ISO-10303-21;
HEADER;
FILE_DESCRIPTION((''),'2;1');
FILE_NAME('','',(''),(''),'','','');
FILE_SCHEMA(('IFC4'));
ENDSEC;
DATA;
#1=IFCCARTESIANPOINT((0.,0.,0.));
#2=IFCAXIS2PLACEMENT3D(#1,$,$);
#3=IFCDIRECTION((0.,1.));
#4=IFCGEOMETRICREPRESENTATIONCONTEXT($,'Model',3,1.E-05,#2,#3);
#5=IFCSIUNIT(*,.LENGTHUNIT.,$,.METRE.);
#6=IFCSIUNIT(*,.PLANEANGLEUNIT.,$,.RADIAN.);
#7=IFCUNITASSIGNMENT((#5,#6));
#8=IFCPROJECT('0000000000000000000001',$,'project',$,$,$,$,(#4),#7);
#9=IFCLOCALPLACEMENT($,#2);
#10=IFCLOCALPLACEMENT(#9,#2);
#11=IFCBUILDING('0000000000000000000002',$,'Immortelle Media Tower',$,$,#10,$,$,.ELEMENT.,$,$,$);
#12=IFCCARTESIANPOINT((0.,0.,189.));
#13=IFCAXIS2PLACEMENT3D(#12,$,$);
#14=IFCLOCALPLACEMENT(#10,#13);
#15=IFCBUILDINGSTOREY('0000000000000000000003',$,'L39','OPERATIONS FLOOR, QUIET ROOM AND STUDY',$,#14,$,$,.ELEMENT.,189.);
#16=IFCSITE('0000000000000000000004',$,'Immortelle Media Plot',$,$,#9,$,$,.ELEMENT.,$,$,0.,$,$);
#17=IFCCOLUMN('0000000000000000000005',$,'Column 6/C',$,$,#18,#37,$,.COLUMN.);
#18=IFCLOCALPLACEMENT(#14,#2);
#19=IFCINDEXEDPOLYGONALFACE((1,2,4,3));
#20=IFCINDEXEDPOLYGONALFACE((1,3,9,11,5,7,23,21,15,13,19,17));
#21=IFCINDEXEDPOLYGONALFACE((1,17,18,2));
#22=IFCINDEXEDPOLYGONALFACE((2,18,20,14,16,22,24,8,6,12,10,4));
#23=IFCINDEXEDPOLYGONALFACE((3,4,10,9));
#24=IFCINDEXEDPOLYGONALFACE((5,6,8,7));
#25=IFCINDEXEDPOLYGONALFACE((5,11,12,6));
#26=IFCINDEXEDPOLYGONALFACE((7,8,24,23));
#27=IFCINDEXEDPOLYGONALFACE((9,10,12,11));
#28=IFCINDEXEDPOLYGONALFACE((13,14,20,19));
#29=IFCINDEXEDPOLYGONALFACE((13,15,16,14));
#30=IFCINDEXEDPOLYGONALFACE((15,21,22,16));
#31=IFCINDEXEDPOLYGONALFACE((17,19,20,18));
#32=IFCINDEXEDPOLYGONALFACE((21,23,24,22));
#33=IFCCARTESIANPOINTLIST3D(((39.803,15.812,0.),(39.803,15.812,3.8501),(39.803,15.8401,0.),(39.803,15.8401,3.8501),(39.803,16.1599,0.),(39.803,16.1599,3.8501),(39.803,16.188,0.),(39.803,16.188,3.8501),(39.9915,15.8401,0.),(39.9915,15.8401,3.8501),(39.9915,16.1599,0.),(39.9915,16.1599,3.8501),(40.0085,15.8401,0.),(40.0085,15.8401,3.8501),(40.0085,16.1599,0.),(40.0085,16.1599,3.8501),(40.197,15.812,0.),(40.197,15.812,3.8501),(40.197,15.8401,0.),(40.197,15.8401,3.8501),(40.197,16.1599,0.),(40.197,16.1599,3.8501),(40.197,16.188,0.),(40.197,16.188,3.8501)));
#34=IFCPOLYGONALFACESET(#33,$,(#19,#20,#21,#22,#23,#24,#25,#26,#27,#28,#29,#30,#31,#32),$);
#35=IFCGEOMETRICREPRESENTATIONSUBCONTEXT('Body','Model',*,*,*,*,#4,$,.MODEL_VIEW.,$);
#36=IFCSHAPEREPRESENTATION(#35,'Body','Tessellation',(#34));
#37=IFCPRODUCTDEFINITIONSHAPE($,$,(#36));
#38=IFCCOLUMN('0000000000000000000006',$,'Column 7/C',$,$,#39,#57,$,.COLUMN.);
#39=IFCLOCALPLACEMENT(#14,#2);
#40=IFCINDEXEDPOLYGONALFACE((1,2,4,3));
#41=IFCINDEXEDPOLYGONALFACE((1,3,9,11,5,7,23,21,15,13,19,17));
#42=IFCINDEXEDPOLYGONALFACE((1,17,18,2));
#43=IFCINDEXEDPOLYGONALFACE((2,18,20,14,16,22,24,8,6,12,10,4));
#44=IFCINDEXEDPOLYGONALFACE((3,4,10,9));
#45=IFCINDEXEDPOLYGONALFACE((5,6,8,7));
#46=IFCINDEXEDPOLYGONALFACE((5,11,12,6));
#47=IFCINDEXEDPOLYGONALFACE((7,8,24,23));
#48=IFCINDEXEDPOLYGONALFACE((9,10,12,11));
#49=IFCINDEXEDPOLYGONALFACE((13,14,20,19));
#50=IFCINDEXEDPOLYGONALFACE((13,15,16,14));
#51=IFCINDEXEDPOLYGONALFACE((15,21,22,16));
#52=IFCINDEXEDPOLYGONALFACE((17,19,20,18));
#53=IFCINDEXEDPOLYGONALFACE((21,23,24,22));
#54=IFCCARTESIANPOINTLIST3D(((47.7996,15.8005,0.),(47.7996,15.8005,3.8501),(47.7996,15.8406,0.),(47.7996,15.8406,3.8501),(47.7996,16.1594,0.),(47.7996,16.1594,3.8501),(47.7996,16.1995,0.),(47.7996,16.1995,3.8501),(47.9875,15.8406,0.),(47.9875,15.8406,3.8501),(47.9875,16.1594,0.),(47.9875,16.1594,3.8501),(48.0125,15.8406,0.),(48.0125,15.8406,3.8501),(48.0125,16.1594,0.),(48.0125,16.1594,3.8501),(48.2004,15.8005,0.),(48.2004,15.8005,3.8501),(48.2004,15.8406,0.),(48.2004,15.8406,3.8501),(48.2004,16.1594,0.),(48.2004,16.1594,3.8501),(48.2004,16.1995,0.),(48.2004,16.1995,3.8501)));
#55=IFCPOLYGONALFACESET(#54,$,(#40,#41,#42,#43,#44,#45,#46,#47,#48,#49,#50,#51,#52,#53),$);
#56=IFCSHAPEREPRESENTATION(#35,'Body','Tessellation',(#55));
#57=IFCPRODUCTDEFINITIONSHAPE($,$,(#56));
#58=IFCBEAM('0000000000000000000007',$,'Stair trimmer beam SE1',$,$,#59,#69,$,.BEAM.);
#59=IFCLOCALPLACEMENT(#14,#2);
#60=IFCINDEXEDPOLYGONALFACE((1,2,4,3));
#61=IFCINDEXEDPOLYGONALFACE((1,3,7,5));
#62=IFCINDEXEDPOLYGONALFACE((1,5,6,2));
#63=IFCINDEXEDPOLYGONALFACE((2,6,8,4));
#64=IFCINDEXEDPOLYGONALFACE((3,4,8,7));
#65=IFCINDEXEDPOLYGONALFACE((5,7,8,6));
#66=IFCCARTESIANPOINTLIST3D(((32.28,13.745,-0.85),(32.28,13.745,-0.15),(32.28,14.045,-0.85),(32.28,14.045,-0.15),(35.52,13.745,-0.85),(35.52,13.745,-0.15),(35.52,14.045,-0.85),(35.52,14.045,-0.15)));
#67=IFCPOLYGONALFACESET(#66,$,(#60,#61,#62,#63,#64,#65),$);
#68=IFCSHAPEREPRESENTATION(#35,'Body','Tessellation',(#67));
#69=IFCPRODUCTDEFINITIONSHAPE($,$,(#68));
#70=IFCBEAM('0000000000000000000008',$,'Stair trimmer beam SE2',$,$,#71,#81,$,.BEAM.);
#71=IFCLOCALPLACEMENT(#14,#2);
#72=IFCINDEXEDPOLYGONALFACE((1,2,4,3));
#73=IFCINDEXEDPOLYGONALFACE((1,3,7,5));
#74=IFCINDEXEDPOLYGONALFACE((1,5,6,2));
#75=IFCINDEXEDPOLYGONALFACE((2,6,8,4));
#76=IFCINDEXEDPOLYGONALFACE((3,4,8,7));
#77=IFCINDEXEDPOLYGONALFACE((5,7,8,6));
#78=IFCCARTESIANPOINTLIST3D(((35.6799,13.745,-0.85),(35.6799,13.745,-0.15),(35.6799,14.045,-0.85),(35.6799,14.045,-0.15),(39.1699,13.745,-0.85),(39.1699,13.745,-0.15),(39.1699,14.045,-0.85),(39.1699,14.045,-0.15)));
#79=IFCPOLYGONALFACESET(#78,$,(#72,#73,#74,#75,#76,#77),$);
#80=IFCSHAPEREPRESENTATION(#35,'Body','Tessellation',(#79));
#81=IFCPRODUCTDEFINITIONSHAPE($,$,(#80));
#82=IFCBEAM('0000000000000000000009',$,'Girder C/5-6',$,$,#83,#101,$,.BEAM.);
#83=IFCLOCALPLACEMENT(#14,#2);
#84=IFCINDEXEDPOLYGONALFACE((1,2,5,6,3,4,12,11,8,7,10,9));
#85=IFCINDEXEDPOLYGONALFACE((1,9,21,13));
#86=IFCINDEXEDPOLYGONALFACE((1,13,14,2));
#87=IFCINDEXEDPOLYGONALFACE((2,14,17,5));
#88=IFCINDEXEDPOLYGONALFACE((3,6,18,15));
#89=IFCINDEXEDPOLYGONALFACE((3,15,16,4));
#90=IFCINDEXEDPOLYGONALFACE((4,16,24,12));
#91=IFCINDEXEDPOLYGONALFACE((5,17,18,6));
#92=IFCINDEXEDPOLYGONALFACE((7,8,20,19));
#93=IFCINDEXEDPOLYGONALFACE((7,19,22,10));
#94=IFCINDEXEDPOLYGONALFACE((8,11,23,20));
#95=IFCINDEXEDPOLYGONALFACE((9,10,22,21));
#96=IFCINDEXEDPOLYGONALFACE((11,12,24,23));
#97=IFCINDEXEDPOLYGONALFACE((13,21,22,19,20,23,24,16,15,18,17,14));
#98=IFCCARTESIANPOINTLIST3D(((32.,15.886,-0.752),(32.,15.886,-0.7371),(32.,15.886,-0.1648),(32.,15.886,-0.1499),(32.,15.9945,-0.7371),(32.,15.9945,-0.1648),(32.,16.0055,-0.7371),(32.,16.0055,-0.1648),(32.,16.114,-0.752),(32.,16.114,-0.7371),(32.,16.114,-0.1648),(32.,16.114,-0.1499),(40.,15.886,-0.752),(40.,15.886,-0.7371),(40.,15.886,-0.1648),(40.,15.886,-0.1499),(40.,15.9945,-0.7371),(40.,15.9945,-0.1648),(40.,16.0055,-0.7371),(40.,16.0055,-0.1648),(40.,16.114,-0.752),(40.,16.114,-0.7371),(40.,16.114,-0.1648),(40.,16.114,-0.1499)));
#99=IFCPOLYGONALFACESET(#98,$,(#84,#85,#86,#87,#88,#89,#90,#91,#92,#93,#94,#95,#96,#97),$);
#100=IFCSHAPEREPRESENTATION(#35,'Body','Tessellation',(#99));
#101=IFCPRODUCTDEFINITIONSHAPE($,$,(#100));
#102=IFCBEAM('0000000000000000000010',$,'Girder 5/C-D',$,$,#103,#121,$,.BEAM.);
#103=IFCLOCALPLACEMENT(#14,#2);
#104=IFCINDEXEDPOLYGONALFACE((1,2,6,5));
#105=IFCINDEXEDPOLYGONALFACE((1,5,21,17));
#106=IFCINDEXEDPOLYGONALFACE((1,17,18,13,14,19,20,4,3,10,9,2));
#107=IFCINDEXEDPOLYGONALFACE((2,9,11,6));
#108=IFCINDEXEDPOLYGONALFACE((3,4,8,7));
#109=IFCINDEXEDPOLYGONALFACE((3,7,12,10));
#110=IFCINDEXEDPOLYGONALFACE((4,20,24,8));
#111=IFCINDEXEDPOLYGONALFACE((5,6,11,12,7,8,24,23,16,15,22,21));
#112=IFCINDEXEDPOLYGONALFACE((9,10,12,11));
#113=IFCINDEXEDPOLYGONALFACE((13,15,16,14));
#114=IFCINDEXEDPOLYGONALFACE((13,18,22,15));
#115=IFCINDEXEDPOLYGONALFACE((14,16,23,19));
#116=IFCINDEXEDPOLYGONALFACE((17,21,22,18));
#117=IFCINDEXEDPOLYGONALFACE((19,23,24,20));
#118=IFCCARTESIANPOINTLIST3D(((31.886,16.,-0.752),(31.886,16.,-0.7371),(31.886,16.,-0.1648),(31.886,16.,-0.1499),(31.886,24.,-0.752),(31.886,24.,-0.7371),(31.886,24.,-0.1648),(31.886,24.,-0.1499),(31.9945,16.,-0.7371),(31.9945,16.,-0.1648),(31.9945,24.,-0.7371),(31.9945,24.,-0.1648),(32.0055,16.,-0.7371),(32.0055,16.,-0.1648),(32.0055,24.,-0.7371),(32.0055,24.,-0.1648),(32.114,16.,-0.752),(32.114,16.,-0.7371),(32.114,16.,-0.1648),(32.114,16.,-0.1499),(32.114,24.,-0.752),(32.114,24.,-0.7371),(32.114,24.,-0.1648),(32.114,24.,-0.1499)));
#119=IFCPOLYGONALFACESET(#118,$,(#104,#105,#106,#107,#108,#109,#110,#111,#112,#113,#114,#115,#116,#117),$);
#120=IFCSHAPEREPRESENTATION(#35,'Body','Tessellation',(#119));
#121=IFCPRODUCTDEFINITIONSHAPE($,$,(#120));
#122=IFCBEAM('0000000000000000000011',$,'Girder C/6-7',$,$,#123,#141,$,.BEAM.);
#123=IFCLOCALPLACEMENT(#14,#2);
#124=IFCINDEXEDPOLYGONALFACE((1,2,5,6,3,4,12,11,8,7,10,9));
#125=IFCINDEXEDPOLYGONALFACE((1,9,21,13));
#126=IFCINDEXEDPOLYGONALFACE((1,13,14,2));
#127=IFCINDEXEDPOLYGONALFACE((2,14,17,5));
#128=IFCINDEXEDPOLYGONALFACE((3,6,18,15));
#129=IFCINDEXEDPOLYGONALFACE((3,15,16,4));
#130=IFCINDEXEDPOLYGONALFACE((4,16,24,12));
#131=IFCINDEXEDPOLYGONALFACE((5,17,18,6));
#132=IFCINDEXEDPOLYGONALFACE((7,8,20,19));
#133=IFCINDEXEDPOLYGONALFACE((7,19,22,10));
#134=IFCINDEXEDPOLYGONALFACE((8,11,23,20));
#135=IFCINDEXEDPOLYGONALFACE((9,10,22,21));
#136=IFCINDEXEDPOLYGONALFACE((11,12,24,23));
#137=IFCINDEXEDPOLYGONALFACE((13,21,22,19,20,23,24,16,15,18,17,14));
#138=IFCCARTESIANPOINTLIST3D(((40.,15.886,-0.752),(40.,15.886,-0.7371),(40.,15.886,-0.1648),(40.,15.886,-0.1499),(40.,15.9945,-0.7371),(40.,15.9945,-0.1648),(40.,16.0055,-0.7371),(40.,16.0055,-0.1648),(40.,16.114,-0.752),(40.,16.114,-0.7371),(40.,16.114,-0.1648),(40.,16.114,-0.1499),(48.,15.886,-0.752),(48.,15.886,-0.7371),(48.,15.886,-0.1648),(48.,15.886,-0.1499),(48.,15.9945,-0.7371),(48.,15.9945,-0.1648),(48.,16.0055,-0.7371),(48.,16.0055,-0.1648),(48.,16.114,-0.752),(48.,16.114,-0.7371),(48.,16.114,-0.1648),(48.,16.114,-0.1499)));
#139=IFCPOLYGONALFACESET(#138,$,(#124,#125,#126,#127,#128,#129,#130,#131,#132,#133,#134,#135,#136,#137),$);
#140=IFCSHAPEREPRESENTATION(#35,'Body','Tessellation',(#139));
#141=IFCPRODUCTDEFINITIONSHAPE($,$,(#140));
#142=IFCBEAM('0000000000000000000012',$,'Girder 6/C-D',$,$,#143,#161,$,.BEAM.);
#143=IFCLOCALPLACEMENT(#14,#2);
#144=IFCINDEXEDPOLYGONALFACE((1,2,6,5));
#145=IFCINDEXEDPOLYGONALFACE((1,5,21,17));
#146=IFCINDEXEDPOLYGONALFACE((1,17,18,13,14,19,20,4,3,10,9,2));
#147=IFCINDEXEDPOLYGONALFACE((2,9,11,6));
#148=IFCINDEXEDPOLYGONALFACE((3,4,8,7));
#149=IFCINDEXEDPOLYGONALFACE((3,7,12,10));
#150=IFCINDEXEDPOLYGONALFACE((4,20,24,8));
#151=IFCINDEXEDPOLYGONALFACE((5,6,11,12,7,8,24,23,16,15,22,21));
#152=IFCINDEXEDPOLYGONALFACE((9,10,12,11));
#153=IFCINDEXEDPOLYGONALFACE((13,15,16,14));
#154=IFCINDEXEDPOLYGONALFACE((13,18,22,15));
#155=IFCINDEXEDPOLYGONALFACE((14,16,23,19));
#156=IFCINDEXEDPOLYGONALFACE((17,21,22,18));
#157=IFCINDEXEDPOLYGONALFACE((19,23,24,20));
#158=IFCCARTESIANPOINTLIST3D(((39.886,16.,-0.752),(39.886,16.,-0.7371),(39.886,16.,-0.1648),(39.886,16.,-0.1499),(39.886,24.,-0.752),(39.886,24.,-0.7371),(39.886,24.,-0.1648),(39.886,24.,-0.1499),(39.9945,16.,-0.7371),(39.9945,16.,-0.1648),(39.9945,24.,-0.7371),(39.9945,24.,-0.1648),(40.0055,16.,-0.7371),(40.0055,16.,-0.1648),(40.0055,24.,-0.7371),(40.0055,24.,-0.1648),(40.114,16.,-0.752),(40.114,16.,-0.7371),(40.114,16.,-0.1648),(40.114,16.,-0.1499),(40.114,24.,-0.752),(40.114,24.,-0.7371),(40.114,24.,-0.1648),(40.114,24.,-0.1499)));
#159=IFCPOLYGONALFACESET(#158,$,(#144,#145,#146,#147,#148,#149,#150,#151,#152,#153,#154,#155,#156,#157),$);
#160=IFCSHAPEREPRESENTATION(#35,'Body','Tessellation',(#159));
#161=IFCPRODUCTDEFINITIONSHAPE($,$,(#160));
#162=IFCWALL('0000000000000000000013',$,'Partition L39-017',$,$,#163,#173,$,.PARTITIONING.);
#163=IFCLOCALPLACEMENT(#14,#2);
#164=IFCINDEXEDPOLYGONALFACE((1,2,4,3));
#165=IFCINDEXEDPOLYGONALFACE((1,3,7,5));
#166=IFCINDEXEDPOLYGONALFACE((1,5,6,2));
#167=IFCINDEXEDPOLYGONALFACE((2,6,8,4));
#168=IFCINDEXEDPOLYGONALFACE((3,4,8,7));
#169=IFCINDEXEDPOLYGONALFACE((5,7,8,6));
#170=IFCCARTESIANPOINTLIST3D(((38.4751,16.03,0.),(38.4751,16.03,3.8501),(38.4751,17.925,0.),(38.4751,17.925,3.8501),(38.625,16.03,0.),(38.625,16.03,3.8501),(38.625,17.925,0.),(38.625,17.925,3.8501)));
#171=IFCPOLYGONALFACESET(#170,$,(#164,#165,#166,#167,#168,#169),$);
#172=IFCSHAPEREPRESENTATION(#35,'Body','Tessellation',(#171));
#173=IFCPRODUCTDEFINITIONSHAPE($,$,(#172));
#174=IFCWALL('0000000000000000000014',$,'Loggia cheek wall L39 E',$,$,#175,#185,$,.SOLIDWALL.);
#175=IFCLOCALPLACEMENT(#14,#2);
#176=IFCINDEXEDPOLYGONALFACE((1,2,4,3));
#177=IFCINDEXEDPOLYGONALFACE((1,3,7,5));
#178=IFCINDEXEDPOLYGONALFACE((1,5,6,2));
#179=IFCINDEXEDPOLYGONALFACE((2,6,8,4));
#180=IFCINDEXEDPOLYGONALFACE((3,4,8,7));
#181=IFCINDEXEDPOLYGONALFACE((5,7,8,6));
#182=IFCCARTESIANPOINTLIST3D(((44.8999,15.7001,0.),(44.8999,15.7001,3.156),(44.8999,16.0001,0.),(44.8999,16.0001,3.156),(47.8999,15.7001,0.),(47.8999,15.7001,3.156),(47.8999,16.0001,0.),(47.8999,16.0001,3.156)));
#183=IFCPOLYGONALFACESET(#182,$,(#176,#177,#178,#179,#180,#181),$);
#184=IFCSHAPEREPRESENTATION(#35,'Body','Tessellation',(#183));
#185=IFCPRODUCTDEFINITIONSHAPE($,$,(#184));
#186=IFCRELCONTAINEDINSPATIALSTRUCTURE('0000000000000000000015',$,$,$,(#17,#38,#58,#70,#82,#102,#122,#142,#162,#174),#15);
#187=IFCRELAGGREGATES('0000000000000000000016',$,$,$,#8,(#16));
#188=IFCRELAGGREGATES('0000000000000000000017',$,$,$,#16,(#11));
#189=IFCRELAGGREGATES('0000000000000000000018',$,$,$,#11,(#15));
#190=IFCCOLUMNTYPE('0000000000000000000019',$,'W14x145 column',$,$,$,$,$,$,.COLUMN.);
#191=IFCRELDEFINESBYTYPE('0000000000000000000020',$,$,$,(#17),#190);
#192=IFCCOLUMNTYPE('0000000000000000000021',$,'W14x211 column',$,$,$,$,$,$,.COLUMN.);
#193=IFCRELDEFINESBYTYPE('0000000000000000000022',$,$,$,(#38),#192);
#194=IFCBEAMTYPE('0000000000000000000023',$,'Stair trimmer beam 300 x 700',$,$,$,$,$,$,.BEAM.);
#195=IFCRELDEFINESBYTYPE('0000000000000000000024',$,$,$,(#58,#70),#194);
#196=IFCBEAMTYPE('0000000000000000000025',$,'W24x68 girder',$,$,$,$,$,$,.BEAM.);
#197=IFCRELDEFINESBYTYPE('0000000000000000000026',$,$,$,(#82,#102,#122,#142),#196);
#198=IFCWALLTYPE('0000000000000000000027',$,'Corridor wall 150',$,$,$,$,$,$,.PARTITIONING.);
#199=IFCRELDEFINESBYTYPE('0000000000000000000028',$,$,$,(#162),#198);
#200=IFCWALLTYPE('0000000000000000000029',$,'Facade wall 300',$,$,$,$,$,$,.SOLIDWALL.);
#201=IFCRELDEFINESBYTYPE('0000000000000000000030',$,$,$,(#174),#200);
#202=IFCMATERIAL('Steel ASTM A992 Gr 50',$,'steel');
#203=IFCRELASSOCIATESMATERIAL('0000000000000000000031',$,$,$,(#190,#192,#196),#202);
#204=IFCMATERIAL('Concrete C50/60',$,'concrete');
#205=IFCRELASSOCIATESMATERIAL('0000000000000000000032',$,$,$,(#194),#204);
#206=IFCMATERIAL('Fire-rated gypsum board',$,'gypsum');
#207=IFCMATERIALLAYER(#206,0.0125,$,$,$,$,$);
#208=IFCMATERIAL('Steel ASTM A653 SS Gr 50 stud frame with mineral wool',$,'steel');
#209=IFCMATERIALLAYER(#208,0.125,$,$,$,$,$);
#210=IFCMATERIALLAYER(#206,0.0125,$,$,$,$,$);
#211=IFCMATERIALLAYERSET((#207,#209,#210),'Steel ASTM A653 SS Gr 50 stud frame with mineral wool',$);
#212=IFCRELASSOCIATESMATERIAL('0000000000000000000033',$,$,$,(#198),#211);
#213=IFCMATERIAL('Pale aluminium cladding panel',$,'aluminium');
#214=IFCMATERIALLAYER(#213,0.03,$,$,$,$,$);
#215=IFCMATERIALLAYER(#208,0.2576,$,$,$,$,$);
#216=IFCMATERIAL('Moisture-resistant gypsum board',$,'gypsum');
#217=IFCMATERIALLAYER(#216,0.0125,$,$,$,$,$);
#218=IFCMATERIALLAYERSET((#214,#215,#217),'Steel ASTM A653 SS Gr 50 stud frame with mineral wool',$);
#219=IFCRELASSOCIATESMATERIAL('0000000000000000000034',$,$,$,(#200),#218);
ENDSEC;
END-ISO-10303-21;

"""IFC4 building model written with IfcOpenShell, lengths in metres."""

from ifc_helpers import new_model, si_unit, direction, frame, frame_2d, origin, origin_2d, place, context, subcontext, project, spatial, rectangle, i_section, extrude, material, layer, layer_set, material_profile, profile_set, type_object, element, save


model = new_model("IFC4")

# Units and contexts
model_context = context("Model", 3, precision=1e-05, world=origin(), true_north=direction((0.0, 1.0)))
body_context = subcontext(model_context, "Body", "Model", "MODEL_VIEW")
ifc_project = project(units=[si_unit("LENGTHUNIT", "METRE"), si_unit("PLANEANGLEUNIT", "RADIAN")], contexts=[model_context])

# Site, building, storey
site_placement = place(None, origin())
site = spatial("IfcSite", under=ifc_project, at=site_placement, Name="Immortelle Media Plot", CompositionType="ELEMENT", RefElevation=0.0)
building_placement = place(site_placement, origin())
building = spatial("IfcBuilding", under=site, at=building_placement, Name="Immortelle Media Tower", CompositionType="ELEMENT")
storey_placement = place(building_placement, frame((0.0, 0.0, 189.0)))
storey = spatial("IfcBuildingStorey", under=building, at=storey_placement, Name="L39", Description="OPERATIONS FLOOR, QUIET ROOM AND STUDY", CompositionType="ELEMENT", Elevation=189.0)

# Columns
ifc_material_1 = material(Name="Steel ASTM A992 Gr 50", Category="steel")
ifc_material_profile_1 = material_profile(ifc_material_1, i_section(OverallWidth=0.394, OverallDepth=0.376, WebThickness=0.0171, FlangeThickness=0.0281, at=origin_2d()), Name="W14x145")
ifc_profile_set_1 = profile_set([ifc_material_profile_1], Name="Steel ASTM A992 Gr 50")
column_type_1 = type_object("IfcColumnType", Name="W14x145 column", PredefinedType="COLUMN", material=ifc_profile_set_1)
column_1_placement = place(storey_placement, frame((40.0, 16.0, 0.0), z_axis=(0.0, 0.0, 1.0), x_axis=(1.0, 0.0, 0.0)))
element("IfcColumn", 1, at=column_1_placement, inside=storey, type_object=column_type_1, Name="Column 6/C", PredefinedType="COLUMN", context=body_context, shape_type="SweptSolid", body=[
    extrude(i_section(OverallWidth=0.394, OverallDepth=0.376, WebThickness=0.0171, FlangeThickness=0.0281, at=origin_2d()), origin(), (0.0, 0.0, 1.0), 3.8501),
])
ifc_material_profile_2 = material_profile(ifc_material_1, i_section(OverallWidth=0.4009, OverallDepth=0.3989, WebThickness=0.0249, FlangeThickness=0.04, at=origin_2d()), Name="W14x211")
ifc_profile_set_2 = profile_set([ifc_material_profile_2], Name="Steel ASTM A992 Gr 50")
column_type_2 = type_object("IfcColumnType", Name="W14x211 column", PredefinedType="COLUMN", material=ifc_profile_set_2)
column_2_placement = place(storey_placement, frame((48.0, 16.0, 0.0), z_axis=(0.0, 0.0, 1.0), x_axis=(1.0, 0.0, 0.0)))
element("IfcColumn", 2, at=column_2_placement, inside=storey, type_object=column_type_2, Name="Column 7/C", PredefinedType="COLUMN", context=body_context, shape_type="SweptSolid", body=[
    extrude(i_section(OverallWidth=0.4009, OverallDepth=0.3989, WebThickness=0.0249, FlangeThickness=0.04, at=origin_2d()), origin(), (0.0, 0.0, 1.0), 3.8501),
])

# Beams
ifc_material_2 = material(Name="Concrete C50/60", Category="concrete")
ifc_material_profile_3 = material_profile(ifc_material_2, rectangle(XDim=0.3, YDim=0.7, at=origin_2d()), Name="RC 300x700")
ifc_profile_set_3 = profile_set([ifc_material_profile_3], Name="Concrete C50/60")
beam_type_1 = type_object("IfcBeamType", Name="Stair trimmer beam 300 x 700", PredefinedType="BEAM", material=ifc_profile_set_3)
beam_1_placement = place(storey_placement, frame((32.28, 13.895, -0.5), z_axis=(1.0, 0.0, 0.0), x_axis=(0.0, 1.0, 0.0)))
element("IfcBeam", 3, at=beam_1_placement, inside=storey, type_object=beam_type_1, Name="Stair trimmer beam SE1", PredefinedType="BEAM", context=body_context, shape_type="SweptSolid", body=[
    extrude(rectangle(XDim=0.3, YDim=0.7, at=origin_2d()), origin(), (0.0, 0.0, 1.0), 3.24),
])
beam_2_placement = place(storey_placement, frame((35.6799, 13.895, -0.5), z_axis=(1.0, 0.0, 0.0), x_axis=(0.0, 1.0, 0.0)))
element("IfcBeam", 4, at=beam_2_placement, inside=storey, type_object=beam_type_1, Name="Stair trimmer beam SE2", PredefinedType="BEAM", context=body_context, shape_type="SweptSolid", body=[
    extrude(rectangle(XDim=0.3, YDim=0.7, at=origin_2d()), origin(), (0.0, 0.0, 1.0), 3.49),
])
ifc_material_profile_4 = material_profile(ifc_material_1, i_section(OverallWidth=0.228, OverallDepth=0.6021, WebThickness=0.011, FlangeThickness=0.0149, at=origin_2d()), Name="W24x68")
ifc_profile_set_4 = profile_set([ifc_material_profile_4], Name="Steel ASTM A992 Gr 50")
beam_type_2 = type_object("IfcBeamType", Name="W24x68 girder", PredefinedType="BEAM", material=ifc_profile_set_4)
for number, where, z_axis, x_axis, name in (
    (5, (32.0, 16.0, -0.4509), (1.0, 0.0, 0.0), (0.0, 1.0, 0.0), "Girder C/5-6"),
    (6, (32.0, 16.0, -0.4509), (0.0, 1.0, 0.0), (-1.0, 0.0, 0.0), "Girder 5/C-D"),
    (7, (40.0, 16.0, -0.4509), (1.0, 0.0, 0.0), (0.0, 1.0, 0.0), "Girder C/6-7"),
    (8, (40.0, 16.0, -0.4509), (0.0, 1.0, 0.0), (-1.0, 0.0, 0.0), "Girder 6/C-D"),
):
    element("IfcBeam", number, at=place(storey_placement, frame(where, z_axis=z_axis, x_axis=x_axis)), inside=storey, type_object=beam_type_2, Name=name, PredefinedType="BEAM", context=body_context, shape_type="SweptSolid", body=[
        extrude(i_section(OverallWidth=0.228, OverallDepth=0.6021, WebThickness=0.011, FlangeThickness=0.0149, at=origin_2d()), origin(), (0.0, 0.0, 1.0), 8.0),
    ])

# Walls
ifc_material_3 = material(Name="Fire-rated gypsum board", Category="gypsum")
ifc_layer_1 = layer(ifc_material_3, 0.0125)
ifc_material_4 = material(Name="Steel ASTM A653 SS Gr 50 stud frame with mineral wool", Category="steel")
ifc_layer_2 = layer(ifc_material_4, 0.125)
ifc_layer_3 = layer(ifc_material_3, 0.0125)
ifc_layer_set_1 = layer_set([ifc_layer_1, ifc_layer_2, ifc_layer_3], Name="Steel ASTM A653 SS Gr 50 stud frame with mineral wool")
wall_type_1 = type_object("IfcWallType", Name="Corridor wall 150", PredefinedType="PARTITIONING", material=ifc_layer_set_1)
wall_1_placement = place(storey_placement, frame((38.55, 16.03, 0.0), z_axis=(0.0, 0.0, 1.0), x_axis=(0.0, 1.0, 0.0)))
element("IfcWall", 9, at=wall_1_placement, inside=storey, type_object=wall_type_1, Name="Partition L39-017", PredefinedType="PARTITIONING", context=body_context, shape_type="SweptSolid", body=[
    extrude(rectangle(XDim=1.895, YDim=0.1499, at=frame_2d((0.9475, 0.0))), origin(), (0.0, 0.0, 1.0), 3.8501),
])
ifc_material_5 = material(Name="Pale aluminium cladding panel", Category="aluminium")
ifc_layer_4 = layer(ifc_material_5, 0.03)
ifc_layer_5 = layer(ifc_material_4, 0.2576)
ifc_material_6 = material(Name="Moisture-resistant gypsum board", Category="gypsum")
ifc_layer_6 = layer(ifc_material_6, 0.0125)
ifc_layer_set_2 = layer_set([ifc_layer_4, ifc_layer_5, ifc_layer_6], Name="Steel ASTM A653 SS Gr 50 stud frame with mineral wool")
wall_type_2 = type_object("IfcWallType", Name="Facade wall 300", PredefinedType="SOLIDWALL", material=ifc_layer_set_2)
wall_2_placement = place(storey_placement, frame((47.8999, 15.8501, 0.0), z_axis=(0.0, 0.0, 1.0), x_axis=(-1.0, 0.0, 0.0)))
element("IfcWall", 10, at=wall_2_placement, inside=storey, type_object=wall_type_2, Name="Loggia cheek wall L39 E", PredefinedType="SOLIDWALL", context=body_context, shape_type="SweptSolid", body=[
    extrude(rectangle(XDim=3.0, YDim=0.3, at=frame_2d((1.5, 0.0))), origin(), (0.0, 0.0, 1.0), 3.156),
])

save(model, "model.ifc")
